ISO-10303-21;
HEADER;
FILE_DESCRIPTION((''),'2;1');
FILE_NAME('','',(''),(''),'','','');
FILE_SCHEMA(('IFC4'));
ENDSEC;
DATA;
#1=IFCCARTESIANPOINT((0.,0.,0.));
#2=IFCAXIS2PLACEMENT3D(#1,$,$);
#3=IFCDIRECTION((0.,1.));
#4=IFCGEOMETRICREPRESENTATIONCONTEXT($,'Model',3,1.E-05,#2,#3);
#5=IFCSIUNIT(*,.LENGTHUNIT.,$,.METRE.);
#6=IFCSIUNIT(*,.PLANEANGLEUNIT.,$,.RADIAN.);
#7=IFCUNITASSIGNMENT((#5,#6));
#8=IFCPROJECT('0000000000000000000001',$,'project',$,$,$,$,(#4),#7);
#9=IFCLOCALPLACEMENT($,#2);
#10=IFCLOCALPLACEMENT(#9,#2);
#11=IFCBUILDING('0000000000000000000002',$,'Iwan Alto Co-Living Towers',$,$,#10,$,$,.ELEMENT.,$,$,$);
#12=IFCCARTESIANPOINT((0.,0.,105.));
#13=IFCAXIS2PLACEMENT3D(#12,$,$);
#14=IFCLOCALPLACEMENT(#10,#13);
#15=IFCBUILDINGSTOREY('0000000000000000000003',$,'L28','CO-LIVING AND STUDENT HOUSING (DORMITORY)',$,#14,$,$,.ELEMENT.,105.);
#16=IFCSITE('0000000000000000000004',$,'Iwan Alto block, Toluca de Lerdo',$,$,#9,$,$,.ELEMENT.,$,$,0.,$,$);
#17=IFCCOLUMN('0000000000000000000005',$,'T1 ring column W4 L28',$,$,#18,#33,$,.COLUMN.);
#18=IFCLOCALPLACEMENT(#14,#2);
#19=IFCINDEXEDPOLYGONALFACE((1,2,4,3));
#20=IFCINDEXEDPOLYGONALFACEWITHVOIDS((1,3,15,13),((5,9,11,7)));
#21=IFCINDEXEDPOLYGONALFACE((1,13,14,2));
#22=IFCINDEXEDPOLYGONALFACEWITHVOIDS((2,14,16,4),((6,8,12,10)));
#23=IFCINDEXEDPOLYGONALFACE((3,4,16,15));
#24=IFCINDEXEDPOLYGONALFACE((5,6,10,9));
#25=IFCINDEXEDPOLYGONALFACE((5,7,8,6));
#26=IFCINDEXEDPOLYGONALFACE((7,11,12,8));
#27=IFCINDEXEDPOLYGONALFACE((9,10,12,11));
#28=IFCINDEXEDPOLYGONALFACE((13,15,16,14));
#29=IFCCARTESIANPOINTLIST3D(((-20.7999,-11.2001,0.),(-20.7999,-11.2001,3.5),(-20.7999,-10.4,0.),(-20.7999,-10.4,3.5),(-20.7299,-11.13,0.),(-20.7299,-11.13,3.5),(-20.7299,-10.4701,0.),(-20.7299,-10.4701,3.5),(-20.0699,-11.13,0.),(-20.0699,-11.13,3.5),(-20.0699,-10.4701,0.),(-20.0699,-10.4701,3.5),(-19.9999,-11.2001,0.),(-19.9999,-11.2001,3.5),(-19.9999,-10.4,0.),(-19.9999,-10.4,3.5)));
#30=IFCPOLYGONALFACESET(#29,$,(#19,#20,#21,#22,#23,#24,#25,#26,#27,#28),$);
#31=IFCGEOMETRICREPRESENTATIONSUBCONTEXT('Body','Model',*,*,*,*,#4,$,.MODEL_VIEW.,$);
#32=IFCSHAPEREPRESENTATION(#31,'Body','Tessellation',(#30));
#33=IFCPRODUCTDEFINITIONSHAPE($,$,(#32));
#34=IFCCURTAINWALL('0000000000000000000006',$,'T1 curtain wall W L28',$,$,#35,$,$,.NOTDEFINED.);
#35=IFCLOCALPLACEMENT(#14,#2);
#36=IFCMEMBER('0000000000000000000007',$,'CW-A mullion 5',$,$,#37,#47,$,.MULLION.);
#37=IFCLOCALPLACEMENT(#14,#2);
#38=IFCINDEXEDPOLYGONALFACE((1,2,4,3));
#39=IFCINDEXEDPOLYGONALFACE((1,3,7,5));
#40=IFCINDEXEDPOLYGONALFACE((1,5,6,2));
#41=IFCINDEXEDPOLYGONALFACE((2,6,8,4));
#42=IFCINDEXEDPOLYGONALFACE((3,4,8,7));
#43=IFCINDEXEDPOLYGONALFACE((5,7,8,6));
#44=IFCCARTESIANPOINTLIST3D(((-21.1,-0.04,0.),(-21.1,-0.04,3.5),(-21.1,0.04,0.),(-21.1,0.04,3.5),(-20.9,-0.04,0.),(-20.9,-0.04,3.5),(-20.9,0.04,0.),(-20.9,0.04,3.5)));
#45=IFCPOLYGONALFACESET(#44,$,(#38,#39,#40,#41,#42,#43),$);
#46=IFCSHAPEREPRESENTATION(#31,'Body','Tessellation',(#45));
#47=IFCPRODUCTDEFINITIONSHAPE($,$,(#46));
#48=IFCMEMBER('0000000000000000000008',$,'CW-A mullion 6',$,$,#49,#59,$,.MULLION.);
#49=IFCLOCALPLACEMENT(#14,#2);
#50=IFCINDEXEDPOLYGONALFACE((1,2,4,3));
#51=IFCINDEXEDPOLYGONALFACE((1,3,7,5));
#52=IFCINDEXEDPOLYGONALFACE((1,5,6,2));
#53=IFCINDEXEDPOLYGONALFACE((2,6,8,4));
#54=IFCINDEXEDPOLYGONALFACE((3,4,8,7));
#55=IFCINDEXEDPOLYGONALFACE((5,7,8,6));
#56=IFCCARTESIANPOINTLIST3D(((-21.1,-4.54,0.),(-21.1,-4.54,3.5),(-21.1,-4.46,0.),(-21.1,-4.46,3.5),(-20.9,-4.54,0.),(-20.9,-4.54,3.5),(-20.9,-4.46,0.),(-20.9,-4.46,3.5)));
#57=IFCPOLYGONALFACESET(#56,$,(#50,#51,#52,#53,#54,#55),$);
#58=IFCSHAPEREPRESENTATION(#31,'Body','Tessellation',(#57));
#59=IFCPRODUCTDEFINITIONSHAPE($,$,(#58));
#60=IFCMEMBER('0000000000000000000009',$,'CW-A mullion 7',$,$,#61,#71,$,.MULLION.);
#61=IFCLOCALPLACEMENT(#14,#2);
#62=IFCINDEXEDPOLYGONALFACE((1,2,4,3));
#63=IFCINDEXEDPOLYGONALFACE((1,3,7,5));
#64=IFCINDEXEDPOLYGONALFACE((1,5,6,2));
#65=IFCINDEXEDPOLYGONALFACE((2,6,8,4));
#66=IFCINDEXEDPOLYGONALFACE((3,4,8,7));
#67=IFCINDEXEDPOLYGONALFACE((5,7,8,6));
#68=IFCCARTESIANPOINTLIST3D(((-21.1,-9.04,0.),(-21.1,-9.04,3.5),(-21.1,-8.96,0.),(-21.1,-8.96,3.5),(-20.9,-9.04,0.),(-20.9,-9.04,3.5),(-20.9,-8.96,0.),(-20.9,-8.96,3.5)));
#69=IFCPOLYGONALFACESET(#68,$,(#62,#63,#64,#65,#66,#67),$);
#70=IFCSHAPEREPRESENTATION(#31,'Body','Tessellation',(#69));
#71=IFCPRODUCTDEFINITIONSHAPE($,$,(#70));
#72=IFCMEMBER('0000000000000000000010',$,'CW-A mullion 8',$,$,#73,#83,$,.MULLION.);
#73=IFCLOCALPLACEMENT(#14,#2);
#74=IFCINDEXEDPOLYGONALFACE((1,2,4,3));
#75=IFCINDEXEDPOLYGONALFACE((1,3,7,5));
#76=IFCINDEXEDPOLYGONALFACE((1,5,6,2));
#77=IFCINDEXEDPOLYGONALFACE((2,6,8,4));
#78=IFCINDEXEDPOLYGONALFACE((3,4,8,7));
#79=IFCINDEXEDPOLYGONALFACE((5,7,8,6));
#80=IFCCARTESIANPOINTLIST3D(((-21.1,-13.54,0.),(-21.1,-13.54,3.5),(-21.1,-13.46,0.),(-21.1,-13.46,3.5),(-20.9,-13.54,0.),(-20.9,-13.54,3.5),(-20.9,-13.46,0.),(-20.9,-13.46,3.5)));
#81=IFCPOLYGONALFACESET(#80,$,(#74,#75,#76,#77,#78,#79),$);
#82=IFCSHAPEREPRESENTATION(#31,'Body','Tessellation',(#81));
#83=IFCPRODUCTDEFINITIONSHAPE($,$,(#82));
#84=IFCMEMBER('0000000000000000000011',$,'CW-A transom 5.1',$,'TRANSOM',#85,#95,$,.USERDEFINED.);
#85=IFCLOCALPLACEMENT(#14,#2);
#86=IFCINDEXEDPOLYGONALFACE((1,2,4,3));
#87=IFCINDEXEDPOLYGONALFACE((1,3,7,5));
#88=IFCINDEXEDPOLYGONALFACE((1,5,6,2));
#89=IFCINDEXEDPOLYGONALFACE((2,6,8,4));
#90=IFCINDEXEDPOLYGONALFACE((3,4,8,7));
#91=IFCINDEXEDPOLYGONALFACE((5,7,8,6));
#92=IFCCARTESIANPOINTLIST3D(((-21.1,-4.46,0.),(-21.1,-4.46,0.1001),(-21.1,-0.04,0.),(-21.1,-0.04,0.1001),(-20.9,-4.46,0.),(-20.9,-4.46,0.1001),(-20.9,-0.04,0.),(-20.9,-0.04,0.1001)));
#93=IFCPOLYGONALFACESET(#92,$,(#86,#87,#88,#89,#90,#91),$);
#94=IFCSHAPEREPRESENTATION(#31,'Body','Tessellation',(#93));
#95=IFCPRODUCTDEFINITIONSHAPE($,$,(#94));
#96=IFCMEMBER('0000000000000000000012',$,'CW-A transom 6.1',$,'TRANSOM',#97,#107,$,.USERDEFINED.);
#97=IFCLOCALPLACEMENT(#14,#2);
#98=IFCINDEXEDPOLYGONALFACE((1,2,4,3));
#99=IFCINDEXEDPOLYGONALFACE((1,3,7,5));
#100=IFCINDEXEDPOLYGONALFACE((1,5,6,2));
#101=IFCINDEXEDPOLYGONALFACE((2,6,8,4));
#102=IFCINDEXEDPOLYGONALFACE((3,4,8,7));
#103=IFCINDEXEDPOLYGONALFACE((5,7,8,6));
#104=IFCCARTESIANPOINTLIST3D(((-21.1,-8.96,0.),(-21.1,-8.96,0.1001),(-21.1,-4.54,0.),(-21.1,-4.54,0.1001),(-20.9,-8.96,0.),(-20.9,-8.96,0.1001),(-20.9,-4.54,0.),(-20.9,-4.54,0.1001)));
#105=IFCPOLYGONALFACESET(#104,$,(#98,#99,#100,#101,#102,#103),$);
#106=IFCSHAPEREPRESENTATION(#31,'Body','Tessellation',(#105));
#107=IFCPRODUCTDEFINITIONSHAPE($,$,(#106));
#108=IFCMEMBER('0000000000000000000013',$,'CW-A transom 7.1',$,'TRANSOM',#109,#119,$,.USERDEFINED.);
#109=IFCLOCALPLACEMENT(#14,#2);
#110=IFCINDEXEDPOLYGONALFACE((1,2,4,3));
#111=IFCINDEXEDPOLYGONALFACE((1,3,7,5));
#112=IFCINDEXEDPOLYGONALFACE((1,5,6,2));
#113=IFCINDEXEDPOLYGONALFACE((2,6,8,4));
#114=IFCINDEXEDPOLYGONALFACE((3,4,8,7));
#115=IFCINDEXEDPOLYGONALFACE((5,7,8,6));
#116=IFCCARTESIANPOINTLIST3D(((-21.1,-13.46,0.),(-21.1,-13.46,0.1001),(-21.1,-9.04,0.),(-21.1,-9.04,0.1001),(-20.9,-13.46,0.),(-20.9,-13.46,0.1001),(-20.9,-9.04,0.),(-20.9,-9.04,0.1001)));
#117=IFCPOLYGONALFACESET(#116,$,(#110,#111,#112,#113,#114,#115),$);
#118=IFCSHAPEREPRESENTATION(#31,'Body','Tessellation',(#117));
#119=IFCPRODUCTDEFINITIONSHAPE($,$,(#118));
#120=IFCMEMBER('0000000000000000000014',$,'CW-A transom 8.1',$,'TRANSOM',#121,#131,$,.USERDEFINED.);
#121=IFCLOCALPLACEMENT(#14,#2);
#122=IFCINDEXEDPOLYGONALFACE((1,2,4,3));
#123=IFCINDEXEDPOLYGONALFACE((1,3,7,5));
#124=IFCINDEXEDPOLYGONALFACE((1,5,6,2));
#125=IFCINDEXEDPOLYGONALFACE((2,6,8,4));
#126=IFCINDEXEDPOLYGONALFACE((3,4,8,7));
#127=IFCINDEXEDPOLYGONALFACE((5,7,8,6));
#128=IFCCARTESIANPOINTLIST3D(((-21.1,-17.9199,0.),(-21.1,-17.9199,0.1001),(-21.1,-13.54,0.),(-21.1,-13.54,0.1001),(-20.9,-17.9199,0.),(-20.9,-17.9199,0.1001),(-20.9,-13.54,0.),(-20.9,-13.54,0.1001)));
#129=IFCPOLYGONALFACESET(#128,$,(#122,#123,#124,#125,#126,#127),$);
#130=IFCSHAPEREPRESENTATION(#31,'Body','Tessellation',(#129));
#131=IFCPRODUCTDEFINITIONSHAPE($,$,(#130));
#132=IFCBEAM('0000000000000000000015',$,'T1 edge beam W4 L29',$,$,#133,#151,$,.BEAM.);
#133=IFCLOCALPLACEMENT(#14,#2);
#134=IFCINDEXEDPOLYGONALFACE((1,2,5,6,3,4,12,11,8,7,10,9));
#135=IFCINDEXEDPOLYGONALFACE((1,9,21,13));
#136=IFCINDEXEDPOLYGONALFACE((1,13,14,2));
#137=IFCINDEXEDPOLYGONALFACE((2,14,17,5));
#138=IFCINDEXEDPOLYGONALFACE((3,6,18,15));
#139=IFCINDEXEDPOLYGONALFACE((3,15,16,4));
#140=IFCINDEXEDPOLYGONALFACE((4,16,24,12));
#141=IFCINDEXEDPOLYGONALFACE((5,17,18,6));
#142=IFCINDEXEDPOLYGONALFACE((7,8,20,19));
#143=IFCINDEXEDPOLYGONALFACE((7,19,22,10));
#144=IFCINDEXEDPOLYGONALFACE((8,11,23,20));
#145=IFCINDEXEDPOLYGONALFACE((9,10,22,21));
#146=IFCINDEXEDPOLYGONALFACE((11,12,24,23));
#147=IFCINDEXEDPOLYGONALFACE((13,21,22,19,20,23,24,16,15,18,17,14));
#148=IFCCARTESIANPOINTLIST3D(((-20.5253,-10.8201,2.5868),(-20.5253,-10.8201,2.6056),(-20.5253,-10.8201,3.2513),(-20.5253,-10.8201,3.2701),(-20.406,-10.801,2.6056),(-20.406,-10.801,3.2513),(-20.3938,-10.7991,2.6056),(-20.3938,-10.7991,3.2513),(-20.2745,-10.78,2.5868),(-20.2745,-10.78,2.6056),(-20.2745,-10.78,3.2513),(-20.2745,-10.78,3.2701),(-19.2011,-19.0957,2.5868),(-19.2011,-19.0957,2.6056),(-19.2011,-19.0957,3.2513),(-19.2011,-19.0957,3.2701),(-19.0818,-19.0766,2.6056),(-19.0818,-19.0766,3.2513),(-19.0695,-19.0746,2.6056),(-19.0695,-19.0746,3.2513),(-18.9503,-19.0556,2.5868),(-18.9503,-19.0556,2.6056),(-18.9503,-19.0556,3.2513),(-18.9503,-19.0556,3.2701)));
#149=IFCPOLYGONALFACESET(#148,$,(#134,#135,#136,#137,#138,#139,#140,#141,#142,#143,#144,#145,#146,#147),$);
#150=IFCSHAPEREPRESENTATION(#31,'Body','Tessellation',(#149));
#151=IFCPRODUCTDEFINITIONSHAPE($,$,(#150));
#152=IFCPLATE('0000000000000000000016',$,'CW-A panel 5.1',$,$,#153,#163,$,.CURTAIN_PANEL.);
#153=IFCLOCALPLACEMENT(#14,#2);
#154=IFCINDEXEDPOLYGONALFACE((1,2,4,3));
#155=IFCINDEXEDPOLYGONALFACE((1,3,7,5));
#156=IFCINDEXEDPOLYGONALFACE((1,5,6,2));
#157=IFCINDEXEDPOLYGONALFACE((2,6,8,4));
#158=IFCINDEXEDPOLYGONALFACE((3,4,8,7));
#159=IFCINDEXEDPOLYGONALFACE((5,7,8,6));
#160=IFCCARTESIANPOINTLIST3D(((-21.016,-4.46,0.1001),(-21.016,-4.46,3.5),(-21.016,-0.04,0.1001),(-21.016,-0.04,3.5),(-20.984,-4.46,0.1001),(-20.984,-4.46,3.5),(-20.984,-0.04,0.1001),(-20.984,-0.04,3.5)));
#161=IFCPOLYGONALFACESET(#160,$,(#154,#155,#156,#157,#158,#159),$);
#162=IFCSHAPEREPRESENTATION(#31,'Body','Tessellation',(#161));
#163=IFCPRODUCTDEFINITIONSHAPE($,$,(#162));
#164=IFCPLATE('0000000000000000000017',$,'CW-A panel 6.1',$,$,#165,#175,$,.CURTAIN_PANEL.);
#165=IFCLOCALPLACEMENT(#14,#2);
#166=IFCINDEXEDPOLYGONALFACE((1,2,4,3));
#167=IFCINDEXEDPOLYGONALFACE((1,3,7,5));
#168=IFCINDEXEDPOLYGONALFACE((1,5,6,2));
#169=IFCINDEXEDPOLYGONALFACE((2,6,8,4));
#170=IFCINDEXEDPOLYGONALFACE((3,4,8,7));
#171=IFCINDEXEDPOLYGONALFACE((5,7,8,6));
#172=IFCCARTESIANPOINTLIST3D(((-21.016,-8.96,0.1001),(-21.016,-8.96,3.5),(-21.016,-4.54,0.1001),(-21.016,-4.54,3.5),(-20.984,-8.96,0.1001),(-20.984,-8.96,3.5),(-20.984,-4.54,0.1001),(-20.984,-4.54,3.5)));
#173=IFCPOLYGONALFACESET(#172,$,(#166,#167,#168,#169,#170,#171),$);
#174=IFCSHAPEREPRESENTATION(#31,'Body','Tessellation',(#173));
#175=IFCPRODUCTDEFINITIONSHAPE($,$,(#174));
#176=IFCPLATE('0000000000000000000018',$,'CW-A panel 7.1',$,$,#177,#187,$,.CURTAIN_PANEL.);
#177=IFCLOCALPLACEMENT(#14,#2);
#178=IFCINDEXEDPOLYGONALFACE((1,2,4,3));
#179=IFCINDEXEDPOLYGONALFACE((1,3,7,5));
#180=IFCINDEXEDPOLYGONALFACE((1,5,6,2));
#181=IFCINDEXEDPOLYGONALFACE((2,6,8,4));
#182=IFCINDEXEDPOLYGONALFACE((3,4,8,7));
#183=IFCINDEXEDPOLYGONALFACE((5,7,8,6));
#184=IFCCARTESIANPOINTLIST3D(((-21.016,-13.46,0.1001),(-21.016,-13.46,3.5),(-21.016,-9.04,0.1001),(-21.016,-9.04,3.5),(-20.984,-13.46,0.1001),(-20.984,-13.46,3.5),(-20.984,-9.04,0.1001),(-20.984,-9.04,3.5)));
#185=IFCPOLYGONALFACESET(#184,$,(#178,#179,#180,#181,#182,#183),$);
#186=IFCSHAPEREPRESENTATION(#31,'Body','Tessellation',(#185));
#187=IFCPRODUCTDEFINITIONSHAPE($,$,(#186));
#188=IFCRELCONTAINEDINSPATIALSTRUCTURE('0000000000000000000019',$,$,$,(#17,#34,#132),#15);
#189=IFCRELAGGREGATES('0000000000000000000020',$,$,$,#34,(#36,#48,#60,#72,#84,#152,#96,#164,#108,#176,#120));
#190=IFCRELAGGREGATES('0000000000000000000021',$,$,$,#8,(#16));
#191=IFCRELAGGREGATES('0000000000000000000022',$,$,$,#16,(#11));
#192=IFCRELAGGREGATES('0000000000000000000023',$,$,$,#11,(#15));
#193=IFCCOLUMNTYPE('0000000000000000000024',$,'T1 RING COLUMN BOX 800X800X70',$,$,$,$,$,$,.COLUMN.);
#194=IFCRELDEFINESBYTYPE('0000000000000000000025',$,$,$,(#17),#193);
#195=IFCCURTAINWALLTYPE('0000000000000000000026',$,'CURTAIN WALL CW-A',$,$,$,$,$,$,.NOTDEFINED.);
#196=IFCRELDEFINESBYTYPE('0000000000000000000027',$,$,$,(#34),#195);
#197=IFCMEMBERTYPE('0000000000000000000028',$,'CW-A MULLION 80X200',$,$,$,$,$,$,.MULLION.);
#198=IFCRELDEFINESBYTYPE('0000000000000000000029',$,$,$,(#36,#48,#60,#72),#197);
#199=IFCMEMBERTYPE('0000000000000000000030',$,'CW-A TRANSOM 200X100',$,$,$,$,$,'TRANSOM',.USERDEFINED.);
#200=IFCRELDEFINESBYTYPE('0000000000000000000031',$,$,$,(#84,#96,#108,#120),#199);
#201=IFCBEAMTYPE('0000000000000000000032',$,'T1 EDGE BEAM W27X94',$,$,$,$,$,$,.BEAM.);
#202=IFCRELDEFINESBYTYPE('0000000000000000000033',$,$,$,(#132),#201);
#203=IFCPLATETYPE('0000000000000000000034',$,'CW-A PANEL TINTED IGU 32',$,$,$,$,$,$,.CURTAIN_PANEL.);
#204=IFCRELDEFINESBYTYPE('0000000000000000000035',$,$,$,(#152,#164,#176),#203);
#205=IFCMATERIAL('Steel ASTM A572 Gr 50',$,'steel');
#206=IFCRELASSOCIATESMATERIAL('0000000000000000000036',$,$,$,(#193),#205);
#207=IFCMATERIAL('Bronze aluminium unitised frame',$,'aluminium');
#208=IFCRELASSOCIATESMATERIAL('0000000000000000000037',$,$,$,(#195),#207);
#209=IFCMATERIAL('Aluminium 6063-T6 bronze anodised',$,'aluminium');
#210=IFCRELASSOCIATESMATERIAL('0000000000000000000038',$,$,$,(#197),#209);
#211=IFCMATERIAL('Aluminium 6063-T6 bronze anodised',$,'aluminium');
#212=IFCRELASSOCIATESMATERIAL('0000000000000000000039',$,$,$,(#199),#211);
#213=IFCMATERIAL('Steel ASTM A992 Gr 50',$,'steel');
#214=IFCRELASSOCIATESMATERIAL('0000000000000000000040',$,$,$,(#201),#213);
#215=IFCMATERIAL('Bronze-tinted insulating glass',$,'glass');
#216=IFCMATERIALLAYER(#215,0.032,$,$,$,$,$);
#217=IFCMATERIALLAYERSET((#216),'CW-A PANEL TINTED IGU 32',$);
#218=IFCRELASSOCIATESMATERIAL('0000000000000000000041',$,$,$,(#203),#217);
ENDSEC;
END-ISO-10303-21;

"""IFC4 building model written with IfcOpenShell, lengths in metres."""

from ifc_helpers import new_model, si_unit, direction, frame, origin, origin_2d, place, context, subcontext, project, spatial, rectangle, hollow_rectangle, i_section, extrude, material, layer, layer_set, material_profile, profile_set, type_object, element, aggregate, save


model = new_model("IFC4")

# Units and contexts
model_context = context("Model", 3, precision=1e-05, world=origin(), true_north=direction((0.0, 1.0)))
body_context = subcontext(model_context, "Body", "Model", "MODEL_VIEW")
ifc_project = project(units=[si_unit("LENGTHUNIT", "METRE"), si_unit("PLANEANGLEUNIT", "RADIAN")], contexts=[model_context])

# Site, building, storey
site_placement = place(None, origin())
site = spatial("IfcSite", under=ifc_project, at=site_placement, Name="Iwan Alto block, Toluca de Lerdo", CompositionType="ELEMENT", RefElevation=0.0)
building_placement = place(site_placement, origin())
building = spatial("IfcBuilding", under=site, at=building_placement, Name="Iwan Alto Co-Living Towers", CompositionType="ELEMENT")
storey_placement = place(building_placement, frame((0.0, 0.0, 105.0)))
storey = spatial("IfcBuildingStorey", under=building, at=storey_placement, Name="L28", Description="CO-LIVING AND STUDENT HOUSING (DORMITORY)", CompositionType="ELEMENT", Elevation=105.0)

# Column
ifc_material_1 = material(Name="Steel ASTM A572 Gr 50", Category="steel")
ifc_material_profile_1 = material_profile(ifc_material_1, hollow_rectangle(XDim=0.8, YDim=0.8, WallThickness=0.0701, at=origin_2d()), Name="BOX 800X800X70")
ifc_profile_set_1 = profile_set([ifc_material_profile_1], Name="Steel ASTM A572 Gr 50")
column_type = type_object("IfcColumnType", Name="T1 RING COLUMN BOX 800X800X70", PredefinedType="COLUMN", material=ifc_profile_set_1)
column_placement = place(storey_placement, frame((-20.3999, -10.8, 0.0), z_axis=(0.0, 0.0, 1.0), x_axis=(1.0, 0.0, 0.0)))
element("IfcColumn", 1, at=column_placement, inside=storey, type_object=column_type, Name="T1 ring column W4 L28", PredefinedType="COLUMN", context=body_context, shape_type="SweptSolid", body=[
    extrude(hollow_rectangle(XDim=0.8, YDim=0.8, WallThickness=0.0701, at=origin_2d()), origin(), (0.0, 0.0, 1.0), 3.5),
])

# Curtain wall, members
ifc_material_2 = material(Name="Bronze aluminium unitised frame", Category="aluminium")
curtain_wall_type = type_object("IfcCurtainWallType", Name="CURTAIN WALL CW-A", PredefinedType="NOTDEFINED", material=ifc_material_2)
curtain_wall_placement = place(storey_placement, origin())
curtain_wall = element("IfcCurtainWall", 2, at=curtain_wall_placement, inside=storey, type_object=curtain_wall_type, Name="T1 curtain wall W L28", PredefinedType="NOTDEFINED")
ifc_material_3 = material(Name="Aluminium 6063-T6 bronze anodised", Category="aluminium")
ifc_material_profile_2 = material_profile(ifc_material_3, rectangle(XDim=0.2, YDim=0.0801, at=origin_2d()), Name="AL 80X200")
ifc_profile_set_2 = profile_set([ifc_material_profile_2], Name="Aluminium 6063-T6 bronze anodised")
member_type_1 = type_object("IfcMemberType", Name="CW-A MULLION 80X200", PredefinedType="MULLION", material=ifc_profile_set_2)
member_1_placement = place(storey_placement, frame((-21.0, 0.0, 0.0), z_axis=(0.0, 0.0, 1.0), x_axis=(1.0, 0.0, 0.0)))
member_1 = element("IfcMember", 3, at=member_1_placement, type_object=member_type_1, Name="CW-A mullion 5", PredefinedType="MULLION", context=body_context, shape_type="SweptSolid", body=[
    extrude(rectangle(XDim=0.2, YDim=0.0801, at=origin_2d()), origin(), (0.0, 0.0, 1.0), 3.5),
])
member_2_placement = place(storey_placement, frame((-21.0, -4.5, 0.0), z_axis=(0.0, 0.0, 1.0), x_axis=(1.0, 0.0, 0.0)))
member_2 = element("IfcMember", 4, at=member_2_placement, type_object=member_type_1, Name="CW-A mullion 6", PredefinedType="MULLION", context=body_context, shape_type="SweptSolid", body=[
    extrude(rectangle(XDim=0.2, YDim=0.0801, at=origin_2d()), origin(), (0.0, 0.0, 1.0), 3.5),
])
member_3_placement = place(storey_placement, frame((-21.0, -9.0, 0.0), z_axis=(0.0, 0.0, 1.0), x_axis=(1.0, 0.0, 0.0)))
member_3 = element("IfcMember", 5, at=member_3_placement, type_object=member_type_1, Name="CW-A mullion 7", PredefinedType="MULLION", context=body_context, shape_type="SweptSolid", body=[
    extrude(rectangle(XDim=0.2, YDim=0.0801, at=origin_2d()), origin(), (0.0, 0.0, 1.0), 3.5),
])
member_4_placement = place(storey_placement, frame((-21.0, -13.5, 0.0), z_axis=(0.0, 0.0, 1.0), x_axis=(1.0, 0.0, 0.0)))
member_4 = element("IfcMember", 6, at=member_4_placement, type_object=member_type_1, Name="CW-A mullion 8", PredefinedType="MULLION", context=body_context, shape_type="SweptSolid", body=[
    extrude(rectangle(XDim=0.2, YDim=0.0801, at=origin_2d()), origin(), (0.0, 0.0, 1.0), 3.5),
])
ifc_material_4 = material(Name="Aluminium 6063-T6 bronze anodised", Category="aluminium")
ifc_material_profile_3 = material_profile(ifc_material_4, rectangle(XDim=0.2, YDim=0.1001, at=origin_2d()), Name="AL 200X100")
ifc_profile_set_3 = profile_set([ifc_material_profile_3], Name="Aluminium 6063-T6 bronze anodised")
member_type_2 = type_object("IfcMemberType", Name="CW-A TRANSOM 200X100", ElementType="TRANSOM", PredefinedType="USERDEFINED", material=ifc_profile_set_3)
member_5_placement = place(storey_placement, frame((-21.0, -0.04, 0.05), z_axis=(0.0, -1.0, 0.0), x_axis=(1.0, 0.0, 0.0)))
member_5 = element("IfcMember", 7, at=member_5_placement, type_object=member_type_2, Name="CW-A transom 5.1", ObjectType="TRANSOM", PredefinedType="USERDEFINED", context=body_context, shape_type="SweptSolid", body=[
    extrude(rectangle(XDim=0.2, YDim=0.1001, at=origin_2d()), origin(), (0.0, 0.0, 1.0), 4.4199),
])
member_6_placement = place(storey_placement, frame((-21.0, -4.54, 0.05), z_axis=(0.0, -1.0, 0.0), x_axis=(1.0, 0.0, 0.0)))
member_6 = element("IfcMember", 8, at=member_6_placement, type_object=member_type_2, Name="CW-A transom 6.1", ObjectType="TRANSOM", PredefinedType="USERDEFINED", context=body_context, shape_type="SweptSolid", body=[
    extrude(rectangle(XDim=0.2, YDim=0.1001, at=origin_2d()), origin(), (0.0, 0.0, 1.0), 4.4199),
])
member_7_placement = place(storey_placement, frame((-21.0, -9.04, 0.05), z_axis=(0.0, -1.0, 0.0), x_axis=(1.0, 0.0, 0.0)))
member_7 = element("IfcMember", 9, at=member_7_placement, type_object=member_type_2, Name="CW-A transom 7.1", ObjectType="TRANSOM", PredefinedType="USERDEFINED", context=body_context, shape_type="SweptSolid", body=[
    extrude(rectangle(XDim=0.2, YDim=0.1001, at=origin_2d()), origin(), (0.0, 0.0, 1.0), 4.4199),
])
member_8_placement = place(storey_placement, frame((-21.0, -13.54, 0.05), z_axis=(0.0, -1.0, 0.0), x_axis=(1.0, 0.0, 0.0)))
member_8 = element("IfcMember", 10, at=member_8_placement, type_object=member_type_2, Name="CW-A transom 8.1", ObjectType="TRANSOM", PredefinedType="USERDEFINED", context=body_context, shape_type="SweptSolid", body=[
    extrude(rectangle(XDim=0.2, YDim=0.1001, at=origin_2d()), origin(), (0.0, 0.0, 1.0), 4.3799),
])

# Beam
ifc_material_5 = material(Name="Steel ASTM A992 Gr 50", Category="steel")
ifc_material_profile_4 = material_profile(ifc_material_5, i_section(OverallWidth=0.2539, OverallDepth=0.6833, WebThickness=0.0125, FlangeThickness=0.0188, at=origin_2d()), Name="W27X94")
ifc_profile_set_4 = profile_set([ifc_material_profile_4], Name="Steel ASTM A992 Gr 50")
beam_type = type_object("IfcBeamType", Name="T1 EDGE BEAM W27X94", PredefinedType="BEAM", material=ifc_profile_set_4)
beam_placement = place(storey_placement, frame((-20.3999, -10.8, 2.9285), z_axis=(0.158004, -0.987438, 0.0), x_axis=(0.987438, 0.158004, 0.0)))
element("IfcBeam", 11, at=beam_placement, inside=storey, type_object=beam_type, Name="T1 edge beam W4 L29", PredefinedType="BEAM", context=body_context, shape_type="SweptSolid", body=[
    extrude(i_section(OverallWidth=0.2539, OverallDepth=0.6833, WebThickness=0.0125, FlangeThickness=0.0188, at=origin_2d()), origin(), (0.0, 0.0, 1.0), 8.3809),
])

# Plates
ifc_material_6 = material(Name="Bronze-tinted insulating glass", Category="glass")
ifc_layer_1 = layer(ifc_material_6, 0.032)
ifc_layer_set_1 = layer_set([ifc_layer_1], Name="CW-A PANEL TINTED IGU 32")
plate_type = type_object("IfcPlateType", Name="CW-A PANEL TINTED IGU 32", PredefinedType="CURTAIN_PANEL", material=ifc_layer_set_1)
plate_1_placement = place(storey_placement, frame((-21.0, -2.25, 0.1001), z_axis=(0.0, 0.0, 1.0), x_axis=(0.0, -1.0, 0.0)))
plate_1 = element("IfcPlate", 12, at=plate_1_placement, type_object=plate_type, Name="CW-A panel 5.1", PredefinedType="CURTAIN_PANEL", context=body_context, shape_type="SweptSolid", body=[
    extrude(rectangle(XDim=4.4199, YDim=0.032, at=origin_2d()), origin(), (0.0, 0.0, 1.0), 3.3999),
])
plate_2_placement = place(storey_placement, frame((-21.0, -6.75, 0.1001), z_axis=(0.0, 0.0, 1.0), x_axis=(0.0, -1.0, 0.0)))
plate_2 = element("IfcPlate", 13, at=plate_2_placement, type_object=plate_type, Name="CW-A panel 6.1", PredefinedType="CURTAIN_PANEL", context=body_context, shape_type="SweptSolid", body=[
    extrude(rectangle(XDim=4.4199, YDim=0.032, at=origin_2d()), origin(), (0.0, 0.0, 1.0), 3.3999),
])
plate_3_placement = place(storey_placement, frame((-21.0, -11.25, 0.1001), z_axis=(0.0, 0.0, 1.0), x_axis=(0.0, -1.0, 0.0)))
plate_3 = element("IfcPlate", 14, at=plate_3_placement, type_object=plate_type, Name="CW-A panel 7.1", PredefinedType="CURTAIN_PANEL", context=body_context, shape_type="SweptSolid", body=[
    extrude(rectangle(XDim=4.4199, YDim=0.032, at=origin_2d()), origin(), (0.0, 0.0, 1.0), 3.3999),
])
aggregate(curtain_wall, [member_1, member_2, member_3, member_4, member_5, plate_1, member_6, plate_2, member_7, plate_3, member_8])

save(model, "model.ifc")
